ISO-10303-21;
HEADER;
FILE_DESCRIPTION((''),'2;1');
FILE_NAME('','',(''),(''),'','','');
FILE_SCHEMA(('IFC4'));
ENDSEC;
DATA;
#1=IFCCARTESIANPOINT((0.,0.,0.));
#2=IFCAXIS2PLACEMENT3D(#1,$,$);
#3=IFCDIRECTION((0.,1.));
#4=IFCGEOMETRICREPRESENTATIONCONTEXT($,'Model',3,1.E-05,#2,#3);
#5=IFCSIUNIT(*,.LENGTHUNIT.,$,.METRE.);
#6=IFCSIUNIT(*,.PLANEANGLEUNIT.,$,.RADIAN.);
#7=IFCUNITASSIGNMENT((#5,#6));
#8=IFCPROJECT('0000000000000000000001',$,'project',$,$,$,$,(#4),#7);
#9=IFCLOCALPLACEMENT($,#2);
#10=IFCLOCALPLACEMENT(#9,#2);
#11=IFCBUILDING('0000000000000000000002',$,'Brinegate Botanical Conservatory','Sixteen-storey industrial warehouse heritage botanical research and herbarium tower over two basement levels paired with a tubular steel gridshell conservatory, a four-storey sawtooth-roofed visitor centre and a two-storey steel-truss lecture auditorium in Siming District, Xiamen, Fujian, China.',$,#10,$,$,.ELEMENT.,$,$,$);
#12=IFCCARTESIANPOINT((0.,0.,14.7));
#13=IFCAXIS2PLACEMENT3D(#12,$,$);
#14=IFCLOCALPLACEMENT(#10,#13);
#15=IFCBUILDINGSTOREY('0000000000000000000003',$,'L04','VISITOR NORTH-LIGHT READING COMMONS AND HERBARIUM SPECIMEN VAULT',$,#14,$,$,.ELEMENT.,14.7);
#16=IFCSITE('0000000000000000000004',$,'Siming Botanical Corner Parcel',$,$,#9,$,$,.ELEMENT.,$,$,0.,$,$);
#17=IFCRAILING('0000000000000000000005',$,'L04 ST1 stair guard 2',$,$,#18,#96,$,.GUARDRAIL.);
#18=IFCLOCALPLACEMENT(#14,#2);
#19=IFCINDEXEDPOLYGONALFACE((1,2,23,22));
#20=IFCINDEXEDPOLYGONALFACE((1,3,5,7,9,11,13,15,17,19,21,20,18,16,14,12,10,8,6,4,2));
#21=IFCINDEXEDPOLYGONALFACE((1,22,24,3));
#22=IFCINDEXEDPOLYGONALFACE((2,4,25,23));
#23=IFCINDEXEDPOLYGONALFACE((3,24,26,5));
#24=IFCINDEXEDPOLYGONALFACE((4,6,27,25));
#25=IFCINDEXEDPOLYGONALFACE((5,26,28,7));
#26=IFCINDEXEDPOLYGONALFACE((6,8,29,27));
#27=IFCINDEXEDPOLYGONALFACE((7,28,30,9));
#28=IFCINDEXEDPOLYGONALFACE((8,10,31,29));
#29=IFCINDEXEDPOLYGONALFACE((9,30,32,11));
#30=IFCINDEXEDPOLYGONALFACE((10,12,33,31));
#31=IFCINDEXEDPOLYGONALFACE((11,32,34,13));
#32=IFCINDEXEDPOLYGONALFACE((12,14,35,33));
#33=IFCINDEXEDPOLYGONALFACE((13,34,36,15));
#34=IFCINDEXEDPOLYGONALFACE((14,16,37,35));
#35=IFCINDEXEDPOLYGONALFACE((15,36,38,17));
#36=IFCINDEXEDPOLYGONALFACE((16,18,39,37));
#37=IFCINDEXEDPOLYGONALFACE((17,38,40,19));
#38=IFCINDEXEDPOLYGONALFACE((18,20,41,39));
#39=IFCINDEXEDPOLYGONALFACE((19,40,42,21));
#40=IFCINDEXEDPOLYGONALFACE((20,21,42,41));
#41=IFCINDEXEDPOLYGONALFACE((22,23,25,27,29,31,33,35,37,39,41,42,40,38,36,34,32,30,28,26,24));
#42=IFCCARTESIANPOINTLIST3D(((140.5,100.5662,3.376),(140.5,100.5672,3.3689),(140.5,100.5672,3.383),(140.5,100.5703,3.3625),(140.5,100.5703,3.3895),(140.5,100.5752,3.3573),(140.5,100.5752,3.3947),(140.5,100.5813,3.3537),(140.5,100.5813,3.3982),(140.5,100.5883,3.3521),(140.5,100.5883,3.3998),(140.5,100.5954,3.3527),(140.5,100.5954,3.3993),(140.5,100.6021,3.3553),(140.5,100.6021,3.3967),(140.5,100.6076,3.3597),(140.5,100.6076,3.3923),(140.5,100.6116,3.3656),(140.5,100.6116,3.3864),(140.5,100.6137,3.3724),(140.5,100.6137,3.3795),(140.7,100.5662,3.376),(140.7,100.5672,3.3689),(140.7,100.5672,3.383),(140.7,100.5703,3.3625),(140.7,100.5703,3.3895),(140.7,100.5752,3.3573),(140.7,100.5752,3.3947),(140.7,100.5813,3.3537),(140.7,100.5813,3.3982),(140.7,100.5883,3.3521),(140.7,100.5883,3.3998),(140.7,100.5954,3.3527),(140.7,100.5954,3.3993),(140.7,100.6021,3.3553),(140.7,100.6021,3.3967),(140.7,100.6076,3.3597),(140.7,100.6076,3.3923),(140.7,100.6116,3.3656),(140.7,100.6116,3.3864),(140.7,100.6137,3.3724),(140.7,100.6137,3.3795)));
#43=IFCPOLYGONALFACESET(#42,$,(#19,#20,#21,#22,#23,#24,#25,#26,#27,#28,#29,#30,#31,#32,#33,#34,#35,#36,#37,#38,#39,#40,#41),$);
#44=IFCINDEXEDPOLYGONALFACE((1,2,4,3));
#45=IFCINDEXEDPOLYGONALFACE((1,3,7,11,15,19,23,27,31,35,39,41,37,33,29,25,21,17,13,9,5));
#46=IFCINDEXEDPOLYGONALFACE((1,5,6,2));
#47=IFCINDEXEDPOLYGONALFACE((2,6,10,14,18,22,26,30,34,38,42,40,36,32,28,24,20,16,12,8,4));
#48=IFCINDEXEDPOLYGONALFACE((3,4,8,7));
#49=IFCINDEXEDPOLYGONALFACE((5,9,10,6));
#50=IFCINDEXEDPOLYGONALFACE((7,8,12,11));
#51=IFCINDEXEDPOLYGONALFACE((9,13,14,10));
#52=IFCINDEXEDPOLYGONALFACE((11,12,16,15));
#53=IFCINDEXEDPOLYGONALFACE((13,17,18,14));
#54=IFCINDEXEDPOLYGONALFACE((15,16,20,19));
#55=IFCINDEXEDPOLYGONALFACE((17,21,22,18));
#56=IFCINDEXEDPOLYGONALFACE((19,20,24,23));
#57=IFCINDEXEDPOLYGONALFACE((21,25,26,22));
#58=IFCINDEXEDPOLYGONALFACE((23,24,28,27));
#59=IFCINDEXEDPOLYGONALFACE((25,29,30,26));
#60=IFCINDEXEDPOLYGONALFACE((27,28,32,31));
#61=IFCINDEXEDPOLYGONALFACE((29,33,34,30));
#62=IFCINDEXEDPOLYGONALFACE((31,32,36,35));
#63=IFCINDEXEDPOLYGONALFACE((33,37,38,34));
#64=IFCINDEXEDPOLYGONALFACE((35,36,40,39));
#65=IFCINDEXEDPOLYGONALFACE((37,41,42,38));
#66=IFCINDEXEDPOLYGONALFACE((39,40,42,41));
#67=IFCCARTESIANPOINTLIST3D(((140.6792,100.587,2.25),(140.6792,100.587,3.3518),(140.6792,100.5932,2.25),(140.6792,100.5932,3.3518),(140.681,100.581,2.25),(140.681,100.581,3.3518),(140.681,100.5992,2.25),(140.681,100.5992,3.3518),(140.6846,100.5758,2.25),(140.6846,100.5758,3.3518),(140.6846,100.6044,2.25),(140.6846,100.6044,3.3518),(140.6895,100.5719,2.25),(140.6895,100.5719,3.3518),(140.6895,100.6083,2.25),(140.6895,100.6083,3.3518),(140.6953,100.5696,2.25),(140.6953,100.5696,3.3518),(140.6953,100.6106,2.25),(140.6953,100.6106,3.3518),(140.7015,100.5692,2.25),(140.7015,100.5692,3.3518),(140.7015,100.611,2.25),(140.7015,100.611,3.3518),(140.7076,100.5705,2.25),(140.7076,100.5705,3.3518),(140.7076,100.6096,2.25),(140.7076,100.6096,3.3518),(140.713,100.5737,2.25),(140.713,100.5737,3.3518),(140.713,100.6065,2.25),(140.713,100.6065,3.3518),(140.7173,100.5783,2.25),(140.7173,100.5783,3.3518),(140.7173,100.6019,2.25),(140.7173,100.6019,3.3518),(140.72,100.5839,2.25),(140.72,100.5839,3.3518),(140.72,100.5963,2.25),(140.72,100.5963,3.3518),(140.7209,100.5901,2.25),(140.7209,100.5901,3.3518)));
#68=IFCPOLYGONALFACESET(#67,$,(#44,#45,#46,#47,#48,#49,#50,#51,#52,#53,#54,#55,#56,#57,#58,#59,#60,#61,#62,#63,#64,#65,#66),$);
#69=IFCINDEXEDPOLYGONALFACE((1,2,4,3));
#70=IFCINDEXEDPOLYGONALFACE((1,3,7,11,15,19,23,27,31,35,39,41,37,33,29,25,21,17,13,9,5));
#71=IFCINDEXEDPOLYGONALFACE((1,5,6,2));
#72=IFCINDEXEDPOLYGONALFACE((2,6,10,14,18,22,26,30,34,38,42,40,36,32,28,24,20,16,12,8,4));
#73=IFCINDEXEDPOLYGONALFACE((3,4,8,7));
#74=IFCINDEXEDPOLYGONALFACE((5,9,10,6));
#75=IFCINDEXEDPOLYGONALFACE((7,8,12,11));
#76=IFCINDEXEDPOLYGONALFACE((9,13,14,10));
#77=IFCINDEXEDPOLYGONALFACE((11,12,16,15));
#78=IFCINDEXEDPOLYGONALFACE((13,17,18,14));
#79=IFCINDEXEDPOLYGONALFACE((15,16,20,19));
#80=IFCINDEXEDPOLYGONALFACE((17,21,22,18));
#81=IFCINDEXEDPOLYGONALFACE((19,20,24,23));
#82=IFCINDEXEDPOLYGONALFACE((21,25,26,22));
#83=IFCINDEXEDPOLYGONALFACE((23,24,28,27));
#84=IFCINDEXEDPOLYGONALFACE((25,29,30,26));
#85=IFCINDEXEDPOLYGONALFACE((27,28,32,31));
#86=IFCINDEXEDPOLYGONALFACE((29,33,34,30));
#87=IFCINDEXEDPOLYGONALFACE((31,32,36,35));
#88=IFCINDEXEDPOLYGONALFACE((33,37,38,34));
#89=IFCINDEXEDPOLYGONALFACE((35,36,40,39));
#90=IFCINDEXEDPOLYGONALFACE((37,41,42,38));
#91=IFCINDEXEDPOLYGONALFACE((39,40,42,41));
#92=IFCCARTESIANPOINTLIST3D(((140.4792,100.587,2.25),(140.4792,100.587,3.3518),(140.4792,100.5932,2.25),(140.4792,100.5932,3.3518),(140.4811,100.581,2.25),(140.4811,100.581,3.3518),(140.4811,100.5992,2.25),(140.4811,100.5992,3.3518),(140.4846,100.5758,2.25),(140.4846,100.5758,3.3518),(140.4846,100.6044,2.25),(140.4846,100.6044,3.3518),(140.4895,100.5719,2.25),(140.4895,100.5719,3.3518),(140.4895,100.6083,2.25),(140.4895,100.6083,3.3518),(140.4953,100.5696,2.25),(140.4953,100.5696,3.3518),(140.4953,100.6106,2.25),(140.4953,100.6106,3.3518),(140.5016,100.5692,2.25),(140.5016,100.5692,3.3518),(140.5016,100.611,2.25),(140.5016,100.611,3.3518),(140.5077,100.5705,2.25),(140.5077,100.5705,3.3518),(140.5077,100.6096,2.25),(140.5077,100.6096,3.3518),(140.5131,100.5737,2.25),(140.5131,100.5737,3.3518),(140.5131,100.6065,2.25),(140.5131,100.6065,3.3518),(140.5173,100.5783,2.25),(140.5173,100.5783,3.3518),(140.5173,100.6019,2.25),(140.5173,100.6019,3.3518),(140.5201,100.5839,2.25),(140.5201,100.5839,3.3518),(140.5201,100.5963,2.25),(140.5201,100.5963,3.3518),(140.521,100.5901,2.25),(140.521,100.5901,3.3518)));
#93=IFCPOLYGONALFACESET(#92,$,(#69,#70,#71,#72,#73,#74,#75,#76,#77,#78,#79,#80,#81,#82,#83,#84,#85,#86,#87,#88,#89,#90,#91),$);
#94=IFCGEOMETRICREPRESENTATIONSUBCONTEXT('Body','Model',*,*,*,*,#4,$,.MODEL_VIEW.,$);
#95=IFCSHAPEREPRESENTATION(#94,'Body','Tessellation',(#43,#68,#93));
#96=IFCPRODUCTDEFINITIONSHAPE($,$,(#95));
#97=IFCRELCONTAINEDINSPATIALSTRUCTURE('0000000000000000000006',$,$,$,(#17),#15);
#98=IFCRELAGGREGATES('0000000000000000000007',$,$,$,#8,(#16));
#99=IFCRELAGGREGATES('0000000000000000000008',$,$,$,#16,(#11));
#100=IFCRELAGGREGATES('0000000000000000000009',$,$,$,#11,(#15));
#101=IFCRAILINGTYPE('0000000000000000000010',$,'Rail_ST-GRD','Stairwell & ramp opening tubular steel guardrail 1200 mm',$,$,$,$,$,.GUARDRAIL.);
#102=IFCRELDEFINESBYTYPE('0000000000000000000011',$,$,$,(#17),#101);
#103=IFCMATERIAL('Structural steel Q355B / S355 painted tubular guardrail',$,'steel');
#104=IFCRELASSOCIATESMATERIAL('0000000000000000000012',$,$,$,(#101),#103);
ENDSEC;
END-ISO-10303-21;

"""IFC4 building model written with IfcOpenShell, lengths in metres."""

from ifc_helpers import new_model, si_unit, direction, frame, origin, origin_2d, place, context, subcontext, project, spatial, circle, extrude, material, type_object, element, save


model = new_model("IFC4")

# Units and contexts
model_context = context("Model", 3, precision=1e-05, world=origin(), true_north=direction((0.0, 1.0)))
body_context = subcontext(model_context, "Body", "Model", "MODEL_VIEW")
ifc_project = project(units=[si_unit("LENGTHUNIT", "METRE"), si_unit("PLANEANGLEUNIT", "RADIAN")], contexts=[model_context])

# Site, building, storey
site_placement = place(None, origin())
site = spatial("IfcSite", under=ifc_project, at=site_placement, Name="Siming Botanical Corner Parcel", CompositionType="ELEMENT", RefElevation=0.0)
building_placement = place(site_placement, origin())
building = spatial("IfcBuilding", under=site, at=building_placement, Name="Brinegate Botanical Conservatory", Description="Sixteen-storey industrial warehouse heritage botanical research and herbarium tower over two basement levels paired with a tubular steel gridshell conservatory, a four-storey sawtooth-roofed visitor centre and a two-storey steel-truss lecture auditorium in Siming District, Xiamen, Fujian, China.", CompositionType="ELEMENT")
storey_placement = place(building_placement, frame((0.0, 0.0, 14.7)))
storey = spatial("IfcBuildingStorey", under=building, at=storey_placement, Name="L04", Description="VISITOR NORTH-LIGHT READING COMMONS AND HERBARIUM SPECIMEN VAULT", CompositionType="ELEMENT", Elevation=14.7)

# Railing
ifc_material_1 = material(Name="Structural steel Q355B / S355 painted tubular guardrail", Category="steel")
railing_type_1 = type_object("IfcRailingType", Name="Rail_ST-GRD", Description="Stairwell & ramp opening tubular steel guardrail 1200 mm", PredefinedType="GUARDRAIL", material=ifc_material_1)
railing_1_placement = place(storey_placement, frame((140.7, 100.5901, 2.25)))
element("IfcRailing", 1, at=railing_1_placement, inside=storey, type_object=railing_type_1, Name="L04 ST1 stair guard 2", PredefinedType="GUARDRAIL", context=body_context, shape_type="SweptSolid", body=[
    extrude(circle(Radius=0.0239, at=origin_2d()), frame((0.0, 0.0, 1.126), z_axis=(-1.0, 0.0, 0.0), x_axis=(0.0, -1.0, 0.0)), (0.0, 0.0, 1.0), 0.2),
    extrude(circle(Radius=0.021, at=origin_2d()), origin(), (0.0, 0.0, 1.0), 1.1018),
    extrude(circle(Radius=0.021, at=origin_2d()), frame((-0.2, 0.0, 0.0)), (0.0, 0.0, 1.0), 1.1018),
])

save(model, "model.ifc")
